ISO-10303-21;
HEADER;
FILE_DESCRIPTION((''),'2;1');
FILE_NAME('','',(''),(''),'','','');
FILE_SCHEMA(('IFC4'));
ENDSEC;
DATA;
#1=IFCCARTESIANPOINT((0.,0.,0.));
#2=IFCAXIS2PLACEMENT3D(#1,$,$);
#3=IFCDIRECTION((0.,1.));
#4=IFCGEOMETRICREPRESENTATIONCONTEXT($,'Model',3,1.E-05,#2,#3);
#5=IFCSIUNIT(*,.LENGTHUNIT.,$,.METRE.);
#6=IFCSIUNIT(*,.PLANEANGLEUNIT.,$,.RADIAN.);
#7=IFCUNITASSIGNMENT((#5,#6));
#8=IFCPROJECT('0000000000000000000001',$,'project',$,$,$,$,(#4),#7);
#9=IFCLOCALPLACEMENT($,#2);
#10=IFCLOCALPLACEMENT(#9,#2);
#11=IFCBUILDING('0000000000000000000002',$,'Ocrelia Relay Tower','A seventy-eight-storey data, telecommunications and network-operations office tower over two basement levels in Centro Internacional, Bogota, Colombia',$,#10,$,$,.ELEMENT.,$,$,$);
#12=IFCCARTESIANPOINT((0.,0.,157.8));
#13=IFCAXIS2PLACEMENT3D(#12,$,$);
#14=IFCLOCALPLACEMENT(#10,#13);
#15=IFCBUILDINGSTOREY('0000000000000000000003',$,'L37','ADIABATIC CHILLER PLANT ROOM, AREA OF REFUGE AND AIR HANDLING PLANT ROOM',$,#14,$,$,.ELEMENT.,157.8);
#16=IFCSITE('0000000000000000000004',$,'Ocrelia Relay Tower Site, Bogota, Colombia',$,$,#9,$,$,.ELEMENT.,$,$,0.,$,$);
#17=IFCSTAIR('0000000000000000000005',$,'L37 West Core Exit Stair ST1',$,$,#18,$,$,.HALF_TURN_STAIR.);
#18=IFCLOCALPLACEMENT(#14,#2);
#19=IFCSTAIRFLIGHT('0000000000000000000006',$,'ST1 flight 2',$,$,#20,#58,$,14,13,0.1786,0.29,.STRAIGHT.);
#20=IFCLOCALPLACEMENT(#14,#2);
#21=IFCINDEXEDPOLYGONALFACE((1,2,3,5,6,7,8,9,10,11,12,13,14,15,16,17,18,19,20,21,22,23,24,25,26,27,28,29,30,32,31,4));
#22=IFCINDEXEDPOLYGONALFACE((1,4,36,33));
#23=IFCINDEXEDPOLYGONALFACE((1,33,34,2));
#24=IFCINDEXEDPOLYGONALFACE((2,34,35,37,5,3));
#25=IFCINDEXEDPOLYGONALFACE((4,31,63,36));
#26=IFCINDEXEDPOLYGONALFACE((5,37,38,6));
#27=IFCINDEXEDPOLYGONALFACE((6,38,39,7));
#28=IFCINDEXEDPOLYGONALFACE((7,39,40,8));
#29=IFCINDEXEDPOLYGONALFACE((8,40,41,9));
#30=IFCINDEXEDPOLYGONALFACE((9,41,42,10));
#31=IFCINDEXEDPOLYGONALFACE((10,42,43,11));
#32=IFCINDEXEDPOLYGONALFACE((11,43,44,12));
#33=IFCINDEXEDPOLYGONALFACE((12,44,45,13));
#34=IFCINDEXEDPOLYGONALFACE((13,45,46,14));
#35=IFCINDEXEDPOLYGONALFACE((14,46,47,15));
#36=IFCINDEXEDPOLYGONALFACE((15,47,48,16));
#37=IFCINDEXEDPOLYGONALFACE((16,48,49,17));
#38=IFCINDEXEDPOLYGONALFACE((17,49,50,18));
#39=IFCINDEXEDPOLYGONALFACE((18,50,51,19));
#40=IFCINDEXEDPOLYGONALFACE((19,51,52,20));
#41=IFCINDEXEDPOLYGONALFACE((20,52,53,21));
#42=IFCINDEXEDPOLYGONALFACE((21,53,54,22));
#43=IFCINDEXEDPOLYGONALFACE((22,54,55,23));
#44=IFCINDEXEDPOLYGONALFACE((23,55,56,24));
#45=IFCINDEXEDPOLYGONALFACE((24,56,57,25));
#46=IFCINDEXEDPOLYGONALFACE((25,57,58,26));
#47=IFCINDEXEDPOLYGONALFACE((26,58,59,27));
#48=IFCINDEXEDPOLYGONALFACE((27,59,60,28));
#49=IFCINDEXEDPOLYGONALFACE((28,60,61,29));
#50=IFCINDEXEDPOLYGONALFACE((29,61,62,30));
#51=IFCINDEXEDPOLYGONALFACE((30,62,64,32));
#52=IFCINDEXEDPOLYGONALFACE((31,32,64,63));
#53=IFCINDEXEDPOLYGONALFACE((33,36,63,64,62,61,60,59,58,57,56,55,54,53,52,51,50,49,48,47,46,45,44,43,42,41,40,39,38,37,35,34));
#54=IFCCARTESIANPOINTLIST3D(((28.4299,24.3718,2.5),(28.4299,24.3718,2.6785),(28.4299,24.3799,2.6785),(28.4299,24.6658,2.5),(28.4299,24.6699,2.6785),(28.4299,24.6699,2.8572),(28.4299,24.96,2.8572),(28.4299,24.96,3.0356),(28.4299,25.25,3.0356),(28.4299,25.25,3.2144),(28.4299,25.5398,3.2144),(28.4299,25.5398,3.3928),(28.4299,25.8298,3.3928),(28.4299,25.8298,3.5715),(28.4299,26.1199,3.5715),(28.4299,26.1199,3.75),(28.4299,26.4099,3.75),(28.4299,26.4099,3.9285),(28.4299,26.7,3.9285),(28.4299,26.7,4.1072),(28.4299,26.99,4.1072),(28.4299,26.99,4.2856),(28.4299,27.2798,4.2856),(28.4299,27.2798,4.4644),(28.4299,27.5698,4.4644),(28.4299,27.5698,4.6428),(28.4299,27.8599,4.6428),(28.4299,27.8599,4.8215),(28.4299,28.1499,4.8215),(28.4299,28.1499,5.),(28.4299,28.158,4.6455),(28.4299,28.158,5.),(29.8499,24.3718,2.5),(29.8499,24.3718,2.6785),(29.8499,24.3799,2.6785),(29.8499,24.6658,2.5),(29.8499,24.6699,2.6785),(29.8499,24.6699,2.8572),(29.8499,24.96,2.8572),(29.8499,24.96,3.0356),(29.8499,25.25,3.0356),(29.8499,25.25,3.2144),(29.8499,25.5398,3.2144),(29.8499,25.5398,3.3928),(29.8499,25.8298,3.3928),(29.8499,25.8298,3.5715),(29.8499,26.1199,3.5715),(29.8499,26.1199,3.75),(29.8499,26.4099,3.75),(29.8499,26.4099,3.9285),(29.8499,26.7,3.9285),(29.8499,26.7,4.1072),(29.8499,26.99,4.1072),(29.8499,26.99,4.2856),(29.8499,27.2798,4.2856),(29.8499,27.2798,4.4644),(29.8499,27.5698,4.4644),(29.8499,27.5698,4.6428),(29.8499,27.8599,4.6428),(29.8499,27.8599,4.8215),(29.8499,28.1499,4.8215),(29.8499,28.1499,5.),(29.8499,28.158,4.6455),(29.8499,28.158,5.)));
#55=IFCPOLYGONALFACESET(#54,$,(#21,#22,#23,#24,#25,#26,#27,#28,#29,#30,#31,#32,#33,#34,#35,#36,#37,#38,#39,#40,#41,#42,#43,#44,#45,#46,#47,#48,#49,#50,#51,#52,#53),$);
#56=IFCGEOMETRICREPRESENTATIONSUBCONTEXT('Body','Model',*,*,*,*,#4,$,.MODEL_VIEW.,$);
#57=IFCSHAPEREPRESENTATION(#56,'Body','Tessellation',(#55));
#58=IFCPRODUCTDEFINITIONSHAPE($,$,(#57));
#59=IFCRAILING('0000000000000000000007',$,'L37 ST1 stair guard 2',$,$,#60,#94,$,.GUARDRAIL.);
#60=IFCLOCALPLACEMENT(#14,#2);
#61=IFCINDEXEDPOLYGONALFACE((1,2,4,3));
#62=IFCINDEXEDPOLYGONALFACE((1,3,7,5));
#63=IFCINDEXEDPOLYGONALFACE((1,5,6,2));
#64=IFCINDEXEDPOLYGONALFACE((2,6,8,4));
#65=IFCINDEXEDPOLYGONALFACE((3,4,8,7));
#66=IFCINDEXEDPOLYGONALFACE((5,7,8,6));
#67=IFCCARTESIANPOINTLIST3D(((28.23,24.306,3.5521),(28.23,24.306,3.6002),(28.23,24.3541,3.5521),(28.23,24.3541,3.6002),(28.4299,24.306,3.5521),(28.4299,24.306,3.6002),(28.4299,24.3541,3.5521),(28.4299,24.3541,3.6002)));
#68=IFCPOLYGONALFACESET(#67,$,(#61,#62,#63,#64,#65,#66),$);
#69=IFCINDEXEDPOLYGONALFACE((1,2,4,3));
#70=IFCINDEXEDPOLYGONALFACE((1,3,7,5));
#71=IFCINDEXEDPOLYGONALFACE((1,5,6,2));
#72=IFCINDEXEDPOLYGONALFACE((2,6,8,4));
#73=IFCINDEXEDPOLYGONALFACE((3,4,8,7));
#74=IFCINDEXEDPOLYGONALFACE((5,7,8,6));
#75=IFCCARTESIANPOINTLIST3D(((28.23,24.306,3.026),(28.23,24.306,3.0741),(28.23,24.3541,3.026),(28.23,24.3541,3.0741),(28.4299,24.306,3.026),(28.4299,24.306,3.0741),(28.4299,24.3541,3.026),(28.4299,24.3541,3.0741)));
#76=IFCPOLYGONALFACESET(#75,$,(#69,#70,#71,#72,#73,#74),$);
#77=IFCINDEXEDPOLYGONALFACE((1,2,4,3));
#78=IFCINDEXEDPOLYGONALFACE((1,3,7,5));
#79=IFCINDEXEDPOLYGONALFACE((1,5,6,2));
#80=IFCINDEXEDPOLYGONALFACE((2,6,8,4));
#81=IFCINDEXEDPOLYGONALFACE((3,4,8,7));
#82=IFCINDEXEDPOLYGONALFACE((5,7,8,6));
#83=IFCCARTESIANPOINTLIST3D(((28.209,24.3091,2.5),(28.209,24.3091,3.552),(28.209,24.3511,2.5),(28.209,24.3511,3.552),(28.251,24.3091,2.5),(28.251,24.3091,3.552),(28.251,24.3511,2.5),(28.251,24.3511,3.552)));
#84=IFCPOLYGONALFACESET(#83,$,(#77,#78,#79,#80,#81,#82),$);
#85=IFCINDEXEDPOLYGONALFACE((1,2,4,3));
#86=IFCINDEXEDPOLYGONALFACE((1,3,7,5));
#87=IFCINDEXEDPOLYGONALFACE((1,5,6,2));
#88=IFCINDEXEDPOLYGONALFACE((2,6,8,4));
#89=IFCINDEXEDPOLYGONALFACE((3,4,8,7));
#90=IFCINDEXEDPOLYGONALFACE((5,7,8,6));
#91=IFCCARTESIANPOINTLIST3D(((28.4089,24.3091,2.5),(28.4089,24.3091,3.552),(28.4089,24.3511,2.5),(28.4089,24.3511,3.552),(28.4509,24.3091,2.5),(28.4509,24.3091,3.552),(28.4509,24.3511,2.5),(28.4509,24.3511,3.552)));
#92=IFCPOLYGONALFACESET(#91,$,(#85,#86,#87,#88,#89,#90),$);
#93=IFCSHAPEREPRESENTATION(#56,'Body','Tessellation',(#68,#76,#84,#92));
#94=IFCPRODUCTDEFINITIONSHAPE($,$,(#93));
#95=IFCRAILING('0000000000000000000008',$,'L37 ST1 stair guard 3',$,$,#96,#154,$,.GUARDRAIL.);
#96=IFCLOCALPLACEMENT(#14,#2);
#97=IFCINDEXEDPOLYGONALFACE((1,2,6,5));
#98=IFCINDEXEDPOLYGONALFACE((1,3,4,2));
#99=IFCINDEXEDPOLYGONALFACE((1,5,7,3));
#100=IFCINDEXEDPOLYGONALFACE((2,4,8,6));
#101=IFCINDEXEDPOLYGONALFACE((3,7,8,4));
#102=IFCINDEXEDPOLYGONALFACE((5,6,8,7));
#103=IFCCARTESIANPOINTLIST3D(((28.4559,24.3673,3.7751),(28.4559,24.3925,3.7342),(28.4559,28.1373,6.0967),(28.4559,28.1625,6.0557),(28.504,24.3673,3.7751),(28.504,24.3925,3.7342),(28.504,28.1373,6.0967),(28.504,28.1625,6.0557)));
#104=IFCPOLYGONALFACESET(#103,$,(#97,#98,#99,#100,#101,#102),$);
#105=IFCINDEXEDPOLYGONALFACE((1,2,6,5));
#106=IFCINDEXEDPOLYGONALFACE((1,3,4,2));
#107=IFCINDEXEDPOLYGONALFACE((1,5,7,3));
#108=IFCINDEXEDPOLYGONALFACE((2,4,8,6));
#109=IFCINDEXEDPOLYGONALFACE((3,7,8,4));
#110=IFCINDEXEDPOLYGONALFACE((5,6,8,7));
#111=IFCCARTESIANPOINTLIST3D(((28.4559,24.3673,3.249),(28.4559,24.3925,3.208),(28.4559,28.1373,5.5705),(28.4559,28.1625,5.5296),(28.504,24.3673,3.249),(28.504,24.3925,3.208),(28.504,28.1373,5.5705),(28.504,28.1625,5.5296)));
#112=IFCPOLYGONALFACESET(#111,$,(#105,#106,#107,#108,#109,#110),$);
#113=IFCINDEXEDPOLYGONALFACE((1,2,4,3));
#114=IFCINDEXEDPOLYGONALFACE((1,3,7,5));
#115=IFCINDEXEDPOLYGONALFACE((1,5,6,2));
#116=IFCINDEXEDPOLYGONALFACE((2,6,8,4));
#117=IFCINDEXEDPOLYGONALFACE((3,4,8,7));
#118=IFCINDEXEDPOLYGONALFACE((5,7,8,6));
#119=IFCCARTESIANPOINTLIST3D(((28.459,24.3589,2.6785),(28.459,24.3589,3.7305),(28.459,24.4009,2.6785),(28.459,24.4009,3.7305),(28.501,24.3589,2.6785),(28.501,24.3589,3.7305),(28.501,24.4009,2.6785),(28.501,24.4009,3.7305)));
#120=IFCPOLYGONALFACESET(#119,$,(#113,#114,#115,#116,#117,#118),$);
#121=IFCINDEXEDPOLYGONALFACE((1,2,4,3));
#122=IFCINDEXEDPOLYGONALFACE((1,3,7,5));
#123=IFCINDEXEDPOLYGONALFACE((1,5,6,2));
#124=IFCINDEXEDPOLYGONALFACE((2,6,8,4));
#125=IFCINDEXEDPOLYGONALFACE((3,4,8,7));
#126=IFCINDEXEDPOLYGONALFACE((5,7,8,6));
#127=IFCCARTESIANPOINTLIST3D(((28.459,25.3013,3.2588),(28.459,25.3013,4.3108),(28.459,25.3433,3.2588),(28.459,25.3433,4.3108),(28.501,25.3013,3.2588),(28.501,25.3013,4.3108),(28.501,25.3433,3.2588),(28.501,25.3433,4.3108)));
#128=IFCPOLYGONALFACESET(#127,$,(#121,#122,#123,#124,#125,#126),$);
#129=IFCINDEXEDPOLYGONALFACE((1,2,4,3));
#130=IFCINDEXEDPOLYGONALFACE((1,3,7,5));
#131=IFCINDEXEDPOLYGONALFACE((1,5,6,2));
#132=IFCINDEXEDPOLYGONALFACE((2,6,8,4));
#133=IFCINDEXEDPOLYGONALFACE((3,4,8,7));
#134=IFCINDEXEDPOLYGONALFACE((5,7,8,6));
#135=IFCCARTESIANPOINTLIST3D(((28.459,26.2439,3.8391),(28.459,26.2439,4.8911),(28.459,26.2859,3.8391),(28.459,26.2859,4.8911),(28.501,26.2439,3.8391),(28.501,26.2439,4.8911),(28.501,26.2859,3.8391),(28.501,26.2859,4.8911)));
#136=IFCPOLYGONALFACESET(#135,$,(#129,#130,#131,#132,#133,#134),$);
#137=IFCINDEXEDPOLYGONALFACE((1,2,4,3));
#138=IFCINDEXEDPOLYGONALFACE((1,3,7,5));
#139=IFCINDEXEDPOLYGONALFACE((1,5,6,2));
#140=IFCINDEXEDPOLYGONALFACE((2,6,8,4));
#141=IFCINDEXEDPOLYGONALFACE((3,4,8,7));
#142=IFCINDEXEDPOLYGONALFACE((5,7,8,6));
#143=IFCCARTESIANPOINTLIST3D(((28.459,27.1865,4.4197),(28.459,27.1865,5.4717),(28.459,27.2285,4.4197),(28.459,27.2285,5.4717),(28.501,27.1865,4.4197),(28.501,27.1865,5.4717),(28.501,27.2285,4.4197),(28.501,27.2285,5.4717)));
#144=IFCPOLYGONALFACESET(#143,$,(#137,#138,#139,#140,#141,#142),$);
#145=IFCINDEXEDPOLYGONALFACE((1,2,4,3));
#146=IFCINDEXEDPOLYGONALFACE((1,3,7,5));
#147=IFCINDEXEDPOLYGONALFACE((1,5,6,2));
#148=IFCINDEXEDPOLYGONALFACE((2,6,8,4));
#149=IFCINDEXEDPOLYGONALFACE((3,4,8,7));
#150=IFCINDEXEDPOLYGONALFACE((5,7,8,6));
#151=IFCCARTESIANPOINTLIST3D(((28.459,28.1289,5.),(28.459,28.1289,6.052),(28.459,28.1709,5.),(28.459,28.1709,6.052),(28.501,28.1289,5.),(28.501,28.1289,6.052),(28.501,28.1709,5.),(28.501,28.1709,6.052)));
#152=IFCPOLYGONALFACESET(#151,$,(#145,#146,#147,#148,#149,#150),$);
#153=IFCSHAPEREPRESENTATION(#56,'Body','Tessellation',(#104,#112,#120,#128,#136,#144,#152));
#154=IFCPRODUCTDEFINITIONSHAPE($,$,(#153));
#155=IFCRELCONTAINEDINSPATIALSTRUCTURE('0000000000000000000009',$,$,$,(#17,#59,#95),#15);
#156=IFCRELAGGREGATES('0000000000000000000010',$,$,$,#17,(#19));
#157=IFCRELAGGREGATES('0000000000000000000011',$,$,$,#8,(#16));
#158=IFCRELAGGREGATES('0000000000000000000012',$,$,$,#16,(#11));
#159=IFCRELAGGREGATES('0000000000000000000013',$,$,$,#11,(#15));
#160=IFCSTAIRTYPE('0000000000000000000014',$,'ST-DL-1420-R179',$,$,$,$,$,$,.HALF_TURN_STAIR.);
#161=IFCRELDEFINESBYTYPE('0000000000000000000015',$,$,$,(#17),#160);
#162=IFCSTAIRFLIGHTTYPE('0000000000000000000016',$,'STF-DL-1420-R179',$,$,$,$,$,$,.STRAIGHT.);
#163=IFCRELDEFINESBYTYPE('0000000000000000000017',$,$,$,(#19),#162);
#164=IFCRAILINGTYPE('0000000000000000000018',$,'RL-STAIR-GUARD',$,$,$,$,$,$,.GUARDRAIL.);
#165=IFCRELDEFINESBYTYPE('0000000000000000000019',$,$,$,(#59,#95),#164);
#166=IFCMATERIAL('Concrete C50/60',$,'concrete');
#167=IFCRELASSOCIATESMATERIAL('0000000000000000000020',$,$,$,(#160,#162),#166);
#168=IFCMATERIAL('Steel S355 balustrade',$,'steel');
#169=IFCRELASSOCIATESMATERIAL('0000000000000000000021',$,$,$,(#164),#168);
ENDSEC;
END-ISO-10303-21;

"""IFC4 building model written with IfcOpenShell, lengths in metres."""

from ifc_helpers import new_model, si_unit, direction, frame, origin, origin_2d, place, context, subcontext, project, spatial, polyline, rectangle, outline, extrude, material, type_object, element, aggregate, save


model = new_model("IFC4")

# Units and contexts
model_context = context("Model", 3, precision=1e-05, world=origin(), true_north=direction((0.0, 1.0)))
body_context = subcontext(model_context, "Body", "Model", "MODEL_VIEW")
ifc_project = project(units=[si_unit("LENGTHUNIT", "METRE"), si_unit("PLANEANGLEUNIT", "RADIAN")], contexts=[model_context])

# Site, building, storey
site_placement = place(None, origin())
site = spatial("IfcSite", under=ifc_project, at=site_placement, Name="Ocrelia Relay Tower Site, Bogota, Colombia", CompositionType="ELEMENT", RefElevation=0.0)
building_placement = place(site_placement, origin())
building = spatial("IfcBuilding", under=site, at=building_placement, Name="Ocrelia Relay Tower", Description="A seventy-eight-storey data, telecommunications and network-operations office tower over two basement levels in Centro Internacional, Bogota, Colombia", CompositionType="ELEMENT")
storey_placement = place(building_placement, frame((0.0, 0.0, 157.8)))
storey = spatial("IfcBuildingStorey", under=building, at=storey_placement, Name="L37", Description="ADIABATIC CHILLER PLANT ROOM, AREA OF REFUGE AND AIR HANDLING PLANT ROOM", CompositionType="ELEMENT", Elevation=157.8)

# Shared definitions
ifc_material_1 = material(Name="Concrete C50/60", Category="concrete")

# Stair, stair flight
stair_type = type_object("IfcStairType", Name="ST-DL-1420-R179", PredefinedType="HALF_TURN_STAIR", material=ifc_material_1)
stair_placement = place(storey_placement, origin())
stair = element("IfcStair", 1, at=stair_placement, inside=storey, type_object=stair_type, Name="L37 West Core Exit Stair ST1", PredefinedType="HALF_TURN_STAIR")
stair_flight_type = type_object("IfcStairFlightType", Name="STF-DL-1420-R179", PredefinedType="STRAIGHT", material=ifc_material_1)
stair_flight_placement = place(storey_placement, frame((29.1399, 24.3799, 2.5), z_axis=(0.0, 0.0, 1.0), x_axis=(0.0, 1.0, 0.0)))
stair_flight = element("IfcStairFlight", 2, at=stair_flight_placement, type_object=stair_flight_type, Name="ST1 flight 2", NumberOfRisers=14, NumberOfTreads=13, PredefinedType="STRAIGHT", RiserHeight=0.1786, TreadLength=0.29, context=body_context, shape_type="SweptSolid", body=[
    extrude(outline(polyline([(-0.0081, 0.0), (-0.0081, 0.1785), (0.0, 0.1785), (0.29, 0.1785), (0.29, 0.3572), (0.5801, 0.3572), (0.5801, 0.5356), (0.8701, 0.5356), (0.8701, 0.7144), (1.1599, 0.7144), (1.1599, 0.8928), (1.45, 0.8928), (1.45, 1.0715), (1.74, 1.0715), (1.74, 1.25), (2.03, 1.25), (2.03, 1.4285), (2.3201, 1.4285), (2.3201, 1.6072), (2.6101, 1.6072), (2.6101, 1.7856), (2.8999, 1.7856), (2.8999, 1.9644), (3.1899, 1.9644), (3.1899, 2.1428), (3.48, 2.1428), (3.48, 2.3215), (3.77, 2.3215), (3.77, 2.5), (3.7781, 2.5), (3.7781, 2.1455), (0.2859, 0.0), (-0.0081, 0.0)])), frame((0.0, 0.71, 0.0), z_axis=(0.0, -1.0, 0.0), x_axis=(1.0, 0.0, 0.0)), (0.0, 0.0, 1.0), 1.4199),
])
aggregate(stair, [stair_flight])

# Railings
ifc_material_2 = material(Name="Steel S355 balustrade", Category="steel")
railing_type = type_object("IfcRailingType", Name="RL-STAIR-GUARD", PredefinedType="GUARDRAIL", material=ifc_material_2)
railing_1_placement = place(storey_placement, frame((28.23, 24.3301, 2.5)))
element("IfcRailing", 3, at=railing_1_placement, inside=storey, type_object=railing_type, Name="L37 ST1 stair guard 2", PredefinedType="GUARDRAIL", context=body_context, shape_type="SweptSolid", body=[
    extrude(rectangle(XDim=0.0481, YDim=0.0481, at=origin_2d()), frame((0.0, 0.0, 1.0762), z_axis=(1.0, 0.0, 0.0), x_axis=(0.0, 1.0, 0.0)), (0.0, 0.0, 1.0), 0.2),
    extrude(rectangle(XDim=0.0481, YDim=0.0481, at=origin_2d()), frame((0.0, 0.0, 0.55), z_axis=(1.0, 0.0, 0.0), x_axis=(0.0, 1.0, 0.0)), (0.0, 0.0, 1.0), 0.2),
    extrude(rectangle(XDim=0.042, YDim=0.042, at=origin_2d()), origin(), (0.0, 0.0, 1.0), 1.052),
    extrude(rectangle(XDim=0.042, YDim=0.042, at=origin_2d()), frame((0.2, 0.0, 0.0)), (0.0, 0.0, 1.0), 1.052),
])
railing_2_placement = place(storey_placement, frame((28.48, 24.3799, 2.6785)))
element("IfcRailing", 4, at=railing_2_placement, inside=storey, type_object=railing_type, Name="L37 ST1 stair guard 3", PredefinedType="GUARDRAIL", context=body_context, shape_type="SweptSolid", body=[
    extrude(rectangle(XDim=0.0481, YDim=0.0481, at=origin_2d()), frame((0.0, 0.0, 1.0762), z_axis=(0.0, 0.851505, 0.524347), x_axis=(-1.0, 0.0, 0.0)), (0.0, 0.0, 1.0), 4.4275),
    extrude(rectangle(XDim=0.0481, YDim=0.0481, at=origin_2d()), frame((0.0, 0.0, 0.55), z_axis=(0.0, 0.851505, 0.524347), x_axis=(-1.0, 0.0, 0.0)), (0.0, 0.0, 1.0), 4.4275),
    extrude(rectangle(XDim=0.042, YDim=0.042, at=origin_2d()), origin(), (0.0, 0.0, 1.0), 1.052),
    extrude(rectangle(XDim=0.042, YDim=0.042, at=origin_2d()), frame((0.0, 0.9424, 0.5803)), (0.0, 0.0, 1.0), 1.052),
    extrude(rectangle(XDim=0.042, YDim=0.042, at=origin_2d()), frame((0.0, 1.885, 1.1606)), (0.0, 0.0, 1.0), 1.052),
    extrude(rectangle(XDim=0.042, YDim=0.042, at=origin_2d()), frame((0.0, 2.8276, 1.7412)), (0.0, 0.0, 1.0), 1.052),
    extrude(rectangle(XDim=0.042, YDim=0.042, at=origin_2d()), frame((0.0, 3.77, 2.3215)), (0.0, 0.0, 1.0), 1.052),
])

save(model, "model.ifc")
